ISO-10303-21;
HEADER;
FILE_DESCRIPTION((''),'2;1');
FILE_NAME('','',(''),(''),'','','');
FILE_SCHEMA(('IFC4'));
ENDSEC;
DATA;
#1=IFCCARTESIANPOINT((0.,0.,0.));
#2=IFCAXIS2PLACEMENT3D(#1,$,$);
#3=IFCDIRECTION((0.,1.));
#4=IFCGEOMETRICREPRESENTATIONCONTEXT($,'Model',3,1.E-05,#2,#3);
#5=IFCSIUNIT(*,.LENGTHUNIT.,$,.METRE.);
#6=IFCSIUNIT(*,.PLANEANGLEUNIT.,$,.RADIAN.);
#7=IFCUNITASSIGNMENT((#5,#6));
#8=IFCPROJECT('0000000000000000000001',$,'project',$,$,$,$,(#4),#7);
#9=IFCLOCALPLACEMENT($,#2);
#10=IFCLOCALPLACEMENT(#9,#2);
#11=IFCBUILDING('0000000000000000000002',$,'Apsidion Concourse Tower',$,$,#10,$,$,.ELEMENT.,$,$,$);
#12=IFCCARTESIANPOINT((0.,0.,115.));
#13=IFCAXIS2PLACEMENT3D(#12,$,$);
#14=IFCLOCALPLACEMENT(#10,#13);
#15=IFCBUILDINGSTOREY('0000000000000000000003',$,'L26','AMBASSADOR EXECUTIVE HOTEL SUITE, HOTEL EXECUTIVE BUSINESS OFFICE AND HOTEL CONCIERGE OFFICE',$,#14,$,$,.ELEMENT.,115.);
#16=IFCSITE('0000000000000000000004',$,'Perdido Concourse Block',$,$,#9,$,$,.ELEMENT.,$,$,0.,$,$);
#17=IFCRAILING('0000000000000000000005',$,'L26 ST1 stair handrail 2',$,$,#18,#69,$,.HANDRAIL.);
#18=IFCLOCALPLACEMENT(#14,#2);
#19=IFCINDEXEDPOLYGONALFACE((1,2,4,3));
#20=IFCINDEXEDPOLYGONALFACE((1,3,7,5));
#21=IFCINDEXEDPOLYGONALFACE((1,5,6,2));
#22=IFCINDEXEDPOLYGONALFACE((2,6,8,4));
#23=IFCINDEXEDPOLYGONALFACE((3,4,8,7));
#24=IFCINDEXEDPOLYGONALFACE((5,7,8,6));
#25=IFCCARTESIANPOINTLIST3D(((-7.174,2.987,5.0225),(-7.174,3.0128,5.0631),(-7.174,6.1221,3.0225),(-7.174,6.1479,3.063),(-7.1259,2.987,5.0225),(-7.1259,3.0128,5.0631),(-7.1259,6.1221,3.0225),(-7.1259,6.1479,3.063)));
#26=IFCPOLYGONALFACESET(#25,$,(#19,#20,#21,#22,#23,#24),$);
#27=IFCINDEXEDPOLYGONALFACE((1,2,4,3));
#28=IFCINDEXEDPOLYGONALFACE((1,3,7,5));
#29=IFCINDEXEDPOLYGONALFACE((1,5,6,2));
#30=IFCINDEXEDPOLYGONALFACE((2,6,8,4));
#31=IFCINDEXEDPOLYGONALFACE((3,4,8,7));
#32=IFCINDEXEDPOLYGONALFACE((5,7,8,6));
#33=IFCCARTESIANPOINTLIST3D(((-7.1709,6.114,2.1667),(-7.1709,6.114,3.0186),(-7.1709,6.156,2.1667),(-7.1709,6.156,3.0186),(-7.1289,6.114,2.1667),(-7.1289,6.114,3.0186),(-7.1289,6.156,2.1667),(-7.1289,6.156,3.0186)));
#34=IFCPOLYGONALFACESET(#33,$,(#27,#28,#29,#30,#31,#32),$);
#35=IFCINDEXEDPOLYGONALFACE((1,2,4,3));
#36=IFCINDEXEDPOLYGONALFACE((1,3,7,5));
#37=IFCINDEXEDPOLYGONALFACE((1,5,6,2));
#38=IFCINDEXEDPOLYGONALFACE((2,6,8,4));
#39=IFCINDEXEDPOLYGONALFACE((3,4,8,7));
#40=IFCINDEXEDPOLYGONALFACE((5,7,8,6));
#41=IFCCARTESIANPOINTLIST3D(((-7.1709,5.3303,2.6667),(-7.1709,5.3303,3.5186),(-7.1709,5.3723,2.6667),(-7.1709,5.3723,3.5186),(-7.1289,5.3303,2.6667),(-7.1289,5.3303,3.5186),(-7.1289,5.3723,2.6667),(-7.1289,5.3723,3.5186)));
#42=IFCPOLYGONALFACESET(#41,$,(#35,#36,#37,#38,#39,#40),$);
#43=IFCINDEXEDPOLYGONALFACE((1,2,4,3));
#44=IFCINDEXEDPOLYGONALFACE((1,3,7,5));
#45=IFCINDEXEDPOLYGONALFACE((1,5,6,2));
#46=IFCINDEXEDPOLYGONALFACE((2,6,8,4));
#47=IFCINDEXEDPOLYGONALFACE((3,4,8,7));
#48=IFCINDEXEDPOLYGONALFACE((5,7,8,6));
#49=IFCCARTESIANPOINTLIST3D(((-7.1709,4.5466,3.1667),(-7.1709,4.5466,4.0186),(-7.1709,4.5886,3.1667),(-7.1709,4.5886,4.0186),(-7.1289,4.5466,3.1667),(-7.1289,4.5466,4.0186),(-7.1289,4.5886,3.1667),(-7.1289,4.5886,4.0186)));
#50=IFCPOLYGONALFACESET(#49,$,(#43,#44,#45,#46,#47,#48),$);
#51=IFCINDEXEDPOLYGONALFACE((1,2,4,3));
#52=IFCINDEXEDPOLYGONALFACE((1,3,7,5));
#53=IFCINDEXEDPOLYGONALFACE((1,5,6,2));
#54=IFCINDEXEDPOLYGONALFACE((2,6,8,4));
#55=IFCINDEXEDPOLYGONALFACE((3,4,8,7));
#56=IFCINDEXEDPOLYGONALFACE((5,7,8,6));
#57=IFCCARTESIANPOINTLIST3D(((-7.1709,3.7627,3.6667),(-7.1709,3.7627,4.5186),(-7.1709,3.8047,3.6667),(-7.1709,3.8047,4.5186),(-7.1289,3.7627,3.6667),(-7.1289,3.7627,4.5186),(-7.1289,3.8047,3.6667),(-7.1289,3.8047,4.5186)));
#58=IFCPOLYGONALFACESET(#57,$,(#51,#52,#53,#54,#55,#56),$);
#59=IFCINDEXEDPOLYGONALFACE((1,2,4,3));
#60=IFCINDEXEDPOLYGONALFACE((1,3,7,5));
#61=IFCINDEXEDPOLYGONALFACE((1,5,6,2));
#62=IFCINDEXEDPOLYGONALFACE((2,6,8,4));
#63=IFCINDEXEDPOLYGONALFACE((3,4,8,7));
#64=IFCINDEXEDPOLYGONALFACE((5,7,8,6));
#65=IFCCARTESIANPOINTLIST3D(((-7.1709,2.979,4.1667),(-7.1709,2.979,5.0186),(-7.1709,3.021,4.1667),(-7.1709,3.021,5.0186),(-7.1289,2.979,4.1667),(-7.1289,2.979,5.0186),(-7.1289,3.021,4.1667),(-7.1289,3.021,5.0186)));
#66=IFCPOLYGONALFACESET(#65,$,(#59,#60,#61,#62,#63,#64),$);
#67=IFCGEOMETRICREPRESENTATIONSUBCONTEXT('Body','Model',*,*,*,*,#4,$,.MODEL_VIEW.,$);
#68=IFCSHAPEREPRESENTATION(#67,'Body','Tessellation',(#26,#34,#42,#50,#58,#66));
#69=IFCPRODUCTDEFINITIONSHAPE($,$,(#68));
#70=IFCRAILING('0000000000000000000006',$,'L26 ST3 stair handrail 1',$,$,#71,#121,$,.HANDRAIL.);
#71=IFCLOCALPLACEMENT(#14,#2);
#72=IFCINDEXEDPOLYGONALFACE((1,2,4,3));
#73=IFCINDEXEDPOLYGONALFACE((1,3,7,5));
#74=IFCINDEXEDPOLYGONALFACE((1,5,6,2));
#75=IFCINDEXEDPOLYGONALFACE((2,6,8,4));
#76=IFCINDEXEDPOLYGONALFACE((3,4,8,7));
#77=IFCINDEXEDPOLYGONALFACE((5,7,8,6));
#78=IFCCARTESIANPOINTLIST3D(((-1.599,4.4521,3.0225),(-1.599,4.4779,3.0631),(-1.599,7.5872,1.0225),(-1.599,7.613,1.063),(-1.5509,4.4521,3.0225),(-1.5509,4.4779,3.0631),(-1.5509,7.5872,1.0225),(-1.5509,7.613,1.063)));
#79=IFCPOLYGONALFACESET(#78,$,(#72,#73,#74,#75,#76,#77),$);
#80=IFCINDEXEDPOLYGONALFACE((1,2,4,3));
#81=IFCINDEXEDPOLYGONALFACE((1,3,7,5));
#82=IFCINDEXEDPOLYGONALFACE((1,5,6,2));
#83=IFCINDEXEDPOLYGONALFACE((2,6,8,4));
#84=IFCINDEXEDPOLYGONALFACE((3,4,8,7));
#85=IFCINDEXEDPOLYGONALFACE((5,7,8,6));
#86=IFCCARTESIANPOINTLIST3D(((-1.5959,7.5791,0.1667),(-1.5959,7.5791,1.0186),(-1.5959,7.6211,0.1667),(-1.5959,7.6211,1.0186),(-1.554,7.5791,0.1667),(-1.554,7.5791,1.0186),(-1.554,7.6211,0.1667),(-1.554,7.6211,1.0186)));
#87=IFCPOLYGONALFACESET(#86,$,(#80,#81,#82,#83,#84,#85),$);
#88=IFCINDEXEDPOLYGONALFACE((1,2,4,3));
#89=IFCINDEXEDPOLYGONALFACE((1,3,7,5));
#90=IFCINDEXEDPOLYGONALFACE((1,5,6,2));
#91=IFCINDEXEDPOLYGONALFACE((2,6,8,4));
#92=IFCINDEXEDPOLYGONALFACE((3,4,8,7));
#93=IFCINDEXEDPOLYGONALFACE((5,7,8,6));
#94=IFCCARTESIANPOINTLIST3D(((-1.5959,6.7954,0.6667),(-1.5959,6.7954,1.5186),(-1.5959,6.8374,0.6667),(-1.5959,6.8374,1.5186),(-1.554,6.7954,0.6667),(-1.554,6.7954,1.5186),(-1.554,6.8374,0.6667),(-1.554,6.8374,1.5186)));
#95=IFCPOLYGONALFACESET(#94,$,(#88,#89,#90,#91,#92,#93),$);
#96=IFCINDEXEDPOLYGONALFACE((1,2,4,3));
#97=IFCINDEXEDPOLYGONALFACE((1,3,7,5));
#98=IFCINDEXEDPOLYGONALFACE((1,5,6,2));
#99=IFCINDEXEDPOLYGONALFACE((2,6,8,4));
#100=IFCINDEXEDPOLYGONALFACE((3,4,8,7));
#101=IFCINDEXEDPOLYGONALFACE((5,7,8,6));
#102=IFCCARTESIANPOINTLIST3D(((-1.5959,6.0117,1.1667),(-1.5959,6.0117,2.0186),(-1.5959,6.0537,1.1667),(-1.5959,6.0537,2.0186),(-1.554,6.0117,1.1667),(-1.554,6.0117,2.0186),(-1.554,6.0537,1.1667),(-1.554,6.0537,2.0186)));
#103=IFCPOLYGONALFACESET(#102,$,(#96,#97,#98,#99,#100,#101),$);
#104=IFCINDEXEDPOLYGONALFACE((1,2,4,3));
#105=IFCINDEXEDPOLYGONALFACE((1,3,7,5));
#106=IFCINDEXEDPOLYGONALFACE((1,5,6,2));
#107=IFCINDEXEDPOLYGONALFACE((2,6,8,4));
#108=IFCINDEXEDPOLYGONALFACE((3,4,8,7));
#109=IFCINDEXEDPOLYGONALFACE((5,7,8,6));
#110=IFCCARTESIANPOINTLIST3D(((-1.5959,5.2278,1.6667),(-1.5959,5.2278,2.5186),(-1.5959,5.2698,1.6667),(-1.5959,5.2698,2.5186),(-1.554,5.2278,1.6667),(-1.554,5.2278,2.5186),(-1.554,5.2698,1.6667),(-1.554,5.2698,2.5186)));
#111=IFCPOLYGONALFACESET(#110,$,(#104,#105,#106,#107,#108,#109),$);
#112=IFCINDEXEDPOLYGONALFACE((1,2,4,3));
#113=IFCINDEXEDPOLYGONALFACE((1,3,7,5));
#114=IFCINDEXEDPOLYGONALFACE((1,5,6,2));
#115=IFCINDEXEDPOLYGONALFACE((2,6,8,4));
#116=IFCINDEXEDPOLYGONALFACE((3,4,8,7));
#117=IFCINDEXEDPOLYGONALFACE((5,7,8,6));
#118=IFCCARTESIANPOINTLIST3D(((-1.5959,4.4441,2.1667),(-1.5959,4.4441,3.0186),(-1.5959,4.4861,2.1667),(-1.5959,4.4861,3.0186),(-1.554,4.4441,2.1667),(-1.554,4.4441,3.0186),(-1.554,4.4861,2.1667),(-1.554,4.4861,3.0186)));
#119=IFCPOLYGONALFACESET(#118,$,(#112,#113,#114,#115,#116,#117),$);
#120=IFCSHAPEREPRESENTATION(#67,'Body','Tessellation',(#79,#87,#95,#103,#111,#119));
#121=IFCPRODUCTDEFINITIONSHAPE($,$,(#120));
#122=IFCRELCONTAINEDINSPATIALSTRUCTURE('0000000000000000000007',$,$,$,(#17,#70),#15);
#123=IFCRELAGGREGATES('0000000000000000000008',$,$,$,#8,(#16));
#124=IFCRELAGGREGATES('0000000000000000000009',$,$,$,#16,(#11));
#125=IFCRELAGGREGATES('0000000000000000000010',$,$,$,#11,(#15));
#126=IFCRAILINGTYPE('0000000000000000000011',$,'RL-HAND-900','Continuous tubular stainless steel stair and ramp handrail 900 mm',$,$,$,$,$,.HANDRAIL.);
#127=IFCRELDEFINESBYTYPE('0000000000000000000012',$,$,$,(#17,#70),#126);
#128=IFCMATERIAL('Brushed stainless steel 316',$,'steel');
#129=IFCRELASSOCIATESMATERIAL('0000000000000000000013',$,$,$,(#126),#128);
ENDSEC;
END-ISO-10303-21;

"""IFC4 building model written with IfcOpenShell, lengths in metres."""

from ifc_helpers import new_model, si_unit, direction, frame, origin, origin_2d, place, context, subcontext, project, spatial, rectangle, extrude, material, type_object, element, save


model = new_model("IFC4")

# Units and contexts
model_context = context("Model", 3, precision=1e-05, world=origin(), true_north=direction((0.0, 1.0)))
body_context = subcontext(model_context, "Body", "Model", "MODEL_VIEW")
ifc_project = project(units=[si_unit("LENGTHUNIT", "METRE"), si_unit("PLANEANGLEUNIT", "RADIAN")], contexts=[model_context])

# Site, building, storey
site_placement = place(None, origin())
site = spatial("IfcSite", under=ifc_project, at=site_placement, Name="Perdido Concourse Block", CompositionType="ELEMENT", RefElevation=0.0)
building_placement = place(site_placement, origin())
building = spatial("IfcBuilding", under=site, at=building_placement, Name="Apsidion Concourse Tower", CompositionType="ELEMENT")
storey_placement = place(building_placement, frame((0.0, 0.0, 115.0)))
storey = spatial("IfcBuildingStorey", under=building, at=storey_placement, Name="L26", Description="AMBASSADOR EXECUTIVE HOTEL SUITE, HOTEL EXECUTIVE BUSINESS OFFICE AND HOTEL CONCIERGE OFFICE", CompositionType="ELEMENT", Elevation=115.0)

# Railings
ifc_material_1 = material(Name="Brushed stainless steel 316", Category="steel")
railing_type_1 = type_object("IfcRailingType", Name="RL-HAND-900", Description="Continuous tubular stainless steel stair and ramp handrail 900 mm", PredefinedType="HANDRAIL", material=ifc_material_1)
for number, where, name in (
    (1, (-7.1499, 6.135, 2.1667), "L26 ST1 stair handrail 2"),
    (2, (-1.575, 7.6001, 0.1667), "L26 ST3 stair handrail 1"),
):
    element("IfcRailing", number, at=place(storey_placement, frame(where)), inside=storey, type_object=railing_type_1, Name=name, PredefinedType="HANDRAIL", context=body_context, shape_type="SweptSolid", body=[
        extrude(rectangle(XDim=0.0481, YDim=0.0481, at=origin_2d()), frame((0.0, 0.0, 0.876), z_axis=(0.0, -0.843053, 0.537831), x_axis=(1.0, 0.0, 0.0)), (0.0, 0.0, 1.0), 3.7188),
        extrude(rectangle(XDim=0.042, YDim=0.042, at=origin_2d()), origin(), (0.0, 0.0, 1.0), 0.8518),
        extrude(rectangle(XDim=0.042, YDim=0.042, at=origin_2d()), frame((0.0, -0.7837, 0.5)), (0.0, 0.0, 1.0), 0.8518),
        extrude(rectangle(XDim=0.042, YDim=0.042, at=origin_2d()), frame((0.0, -1.5674, 1.0)), (0.0, 0.0, 1.0), 0.8518),
        extrude(rectangle(XDim=0.042, YDim=0.042, at=origin_2d()), frame((0.0, -2.3513, 1.5)), (0.0, 0.0, 1.0), 0.8518),
        extrude(rectangle(XDim=0.042, YDim=0.042, at=origin_2d()), frame((0.0, -3.135, 2.0)), (0.0, 0.0, 1.0), 0.8518),
    ])

save(model, "model.ifc")
